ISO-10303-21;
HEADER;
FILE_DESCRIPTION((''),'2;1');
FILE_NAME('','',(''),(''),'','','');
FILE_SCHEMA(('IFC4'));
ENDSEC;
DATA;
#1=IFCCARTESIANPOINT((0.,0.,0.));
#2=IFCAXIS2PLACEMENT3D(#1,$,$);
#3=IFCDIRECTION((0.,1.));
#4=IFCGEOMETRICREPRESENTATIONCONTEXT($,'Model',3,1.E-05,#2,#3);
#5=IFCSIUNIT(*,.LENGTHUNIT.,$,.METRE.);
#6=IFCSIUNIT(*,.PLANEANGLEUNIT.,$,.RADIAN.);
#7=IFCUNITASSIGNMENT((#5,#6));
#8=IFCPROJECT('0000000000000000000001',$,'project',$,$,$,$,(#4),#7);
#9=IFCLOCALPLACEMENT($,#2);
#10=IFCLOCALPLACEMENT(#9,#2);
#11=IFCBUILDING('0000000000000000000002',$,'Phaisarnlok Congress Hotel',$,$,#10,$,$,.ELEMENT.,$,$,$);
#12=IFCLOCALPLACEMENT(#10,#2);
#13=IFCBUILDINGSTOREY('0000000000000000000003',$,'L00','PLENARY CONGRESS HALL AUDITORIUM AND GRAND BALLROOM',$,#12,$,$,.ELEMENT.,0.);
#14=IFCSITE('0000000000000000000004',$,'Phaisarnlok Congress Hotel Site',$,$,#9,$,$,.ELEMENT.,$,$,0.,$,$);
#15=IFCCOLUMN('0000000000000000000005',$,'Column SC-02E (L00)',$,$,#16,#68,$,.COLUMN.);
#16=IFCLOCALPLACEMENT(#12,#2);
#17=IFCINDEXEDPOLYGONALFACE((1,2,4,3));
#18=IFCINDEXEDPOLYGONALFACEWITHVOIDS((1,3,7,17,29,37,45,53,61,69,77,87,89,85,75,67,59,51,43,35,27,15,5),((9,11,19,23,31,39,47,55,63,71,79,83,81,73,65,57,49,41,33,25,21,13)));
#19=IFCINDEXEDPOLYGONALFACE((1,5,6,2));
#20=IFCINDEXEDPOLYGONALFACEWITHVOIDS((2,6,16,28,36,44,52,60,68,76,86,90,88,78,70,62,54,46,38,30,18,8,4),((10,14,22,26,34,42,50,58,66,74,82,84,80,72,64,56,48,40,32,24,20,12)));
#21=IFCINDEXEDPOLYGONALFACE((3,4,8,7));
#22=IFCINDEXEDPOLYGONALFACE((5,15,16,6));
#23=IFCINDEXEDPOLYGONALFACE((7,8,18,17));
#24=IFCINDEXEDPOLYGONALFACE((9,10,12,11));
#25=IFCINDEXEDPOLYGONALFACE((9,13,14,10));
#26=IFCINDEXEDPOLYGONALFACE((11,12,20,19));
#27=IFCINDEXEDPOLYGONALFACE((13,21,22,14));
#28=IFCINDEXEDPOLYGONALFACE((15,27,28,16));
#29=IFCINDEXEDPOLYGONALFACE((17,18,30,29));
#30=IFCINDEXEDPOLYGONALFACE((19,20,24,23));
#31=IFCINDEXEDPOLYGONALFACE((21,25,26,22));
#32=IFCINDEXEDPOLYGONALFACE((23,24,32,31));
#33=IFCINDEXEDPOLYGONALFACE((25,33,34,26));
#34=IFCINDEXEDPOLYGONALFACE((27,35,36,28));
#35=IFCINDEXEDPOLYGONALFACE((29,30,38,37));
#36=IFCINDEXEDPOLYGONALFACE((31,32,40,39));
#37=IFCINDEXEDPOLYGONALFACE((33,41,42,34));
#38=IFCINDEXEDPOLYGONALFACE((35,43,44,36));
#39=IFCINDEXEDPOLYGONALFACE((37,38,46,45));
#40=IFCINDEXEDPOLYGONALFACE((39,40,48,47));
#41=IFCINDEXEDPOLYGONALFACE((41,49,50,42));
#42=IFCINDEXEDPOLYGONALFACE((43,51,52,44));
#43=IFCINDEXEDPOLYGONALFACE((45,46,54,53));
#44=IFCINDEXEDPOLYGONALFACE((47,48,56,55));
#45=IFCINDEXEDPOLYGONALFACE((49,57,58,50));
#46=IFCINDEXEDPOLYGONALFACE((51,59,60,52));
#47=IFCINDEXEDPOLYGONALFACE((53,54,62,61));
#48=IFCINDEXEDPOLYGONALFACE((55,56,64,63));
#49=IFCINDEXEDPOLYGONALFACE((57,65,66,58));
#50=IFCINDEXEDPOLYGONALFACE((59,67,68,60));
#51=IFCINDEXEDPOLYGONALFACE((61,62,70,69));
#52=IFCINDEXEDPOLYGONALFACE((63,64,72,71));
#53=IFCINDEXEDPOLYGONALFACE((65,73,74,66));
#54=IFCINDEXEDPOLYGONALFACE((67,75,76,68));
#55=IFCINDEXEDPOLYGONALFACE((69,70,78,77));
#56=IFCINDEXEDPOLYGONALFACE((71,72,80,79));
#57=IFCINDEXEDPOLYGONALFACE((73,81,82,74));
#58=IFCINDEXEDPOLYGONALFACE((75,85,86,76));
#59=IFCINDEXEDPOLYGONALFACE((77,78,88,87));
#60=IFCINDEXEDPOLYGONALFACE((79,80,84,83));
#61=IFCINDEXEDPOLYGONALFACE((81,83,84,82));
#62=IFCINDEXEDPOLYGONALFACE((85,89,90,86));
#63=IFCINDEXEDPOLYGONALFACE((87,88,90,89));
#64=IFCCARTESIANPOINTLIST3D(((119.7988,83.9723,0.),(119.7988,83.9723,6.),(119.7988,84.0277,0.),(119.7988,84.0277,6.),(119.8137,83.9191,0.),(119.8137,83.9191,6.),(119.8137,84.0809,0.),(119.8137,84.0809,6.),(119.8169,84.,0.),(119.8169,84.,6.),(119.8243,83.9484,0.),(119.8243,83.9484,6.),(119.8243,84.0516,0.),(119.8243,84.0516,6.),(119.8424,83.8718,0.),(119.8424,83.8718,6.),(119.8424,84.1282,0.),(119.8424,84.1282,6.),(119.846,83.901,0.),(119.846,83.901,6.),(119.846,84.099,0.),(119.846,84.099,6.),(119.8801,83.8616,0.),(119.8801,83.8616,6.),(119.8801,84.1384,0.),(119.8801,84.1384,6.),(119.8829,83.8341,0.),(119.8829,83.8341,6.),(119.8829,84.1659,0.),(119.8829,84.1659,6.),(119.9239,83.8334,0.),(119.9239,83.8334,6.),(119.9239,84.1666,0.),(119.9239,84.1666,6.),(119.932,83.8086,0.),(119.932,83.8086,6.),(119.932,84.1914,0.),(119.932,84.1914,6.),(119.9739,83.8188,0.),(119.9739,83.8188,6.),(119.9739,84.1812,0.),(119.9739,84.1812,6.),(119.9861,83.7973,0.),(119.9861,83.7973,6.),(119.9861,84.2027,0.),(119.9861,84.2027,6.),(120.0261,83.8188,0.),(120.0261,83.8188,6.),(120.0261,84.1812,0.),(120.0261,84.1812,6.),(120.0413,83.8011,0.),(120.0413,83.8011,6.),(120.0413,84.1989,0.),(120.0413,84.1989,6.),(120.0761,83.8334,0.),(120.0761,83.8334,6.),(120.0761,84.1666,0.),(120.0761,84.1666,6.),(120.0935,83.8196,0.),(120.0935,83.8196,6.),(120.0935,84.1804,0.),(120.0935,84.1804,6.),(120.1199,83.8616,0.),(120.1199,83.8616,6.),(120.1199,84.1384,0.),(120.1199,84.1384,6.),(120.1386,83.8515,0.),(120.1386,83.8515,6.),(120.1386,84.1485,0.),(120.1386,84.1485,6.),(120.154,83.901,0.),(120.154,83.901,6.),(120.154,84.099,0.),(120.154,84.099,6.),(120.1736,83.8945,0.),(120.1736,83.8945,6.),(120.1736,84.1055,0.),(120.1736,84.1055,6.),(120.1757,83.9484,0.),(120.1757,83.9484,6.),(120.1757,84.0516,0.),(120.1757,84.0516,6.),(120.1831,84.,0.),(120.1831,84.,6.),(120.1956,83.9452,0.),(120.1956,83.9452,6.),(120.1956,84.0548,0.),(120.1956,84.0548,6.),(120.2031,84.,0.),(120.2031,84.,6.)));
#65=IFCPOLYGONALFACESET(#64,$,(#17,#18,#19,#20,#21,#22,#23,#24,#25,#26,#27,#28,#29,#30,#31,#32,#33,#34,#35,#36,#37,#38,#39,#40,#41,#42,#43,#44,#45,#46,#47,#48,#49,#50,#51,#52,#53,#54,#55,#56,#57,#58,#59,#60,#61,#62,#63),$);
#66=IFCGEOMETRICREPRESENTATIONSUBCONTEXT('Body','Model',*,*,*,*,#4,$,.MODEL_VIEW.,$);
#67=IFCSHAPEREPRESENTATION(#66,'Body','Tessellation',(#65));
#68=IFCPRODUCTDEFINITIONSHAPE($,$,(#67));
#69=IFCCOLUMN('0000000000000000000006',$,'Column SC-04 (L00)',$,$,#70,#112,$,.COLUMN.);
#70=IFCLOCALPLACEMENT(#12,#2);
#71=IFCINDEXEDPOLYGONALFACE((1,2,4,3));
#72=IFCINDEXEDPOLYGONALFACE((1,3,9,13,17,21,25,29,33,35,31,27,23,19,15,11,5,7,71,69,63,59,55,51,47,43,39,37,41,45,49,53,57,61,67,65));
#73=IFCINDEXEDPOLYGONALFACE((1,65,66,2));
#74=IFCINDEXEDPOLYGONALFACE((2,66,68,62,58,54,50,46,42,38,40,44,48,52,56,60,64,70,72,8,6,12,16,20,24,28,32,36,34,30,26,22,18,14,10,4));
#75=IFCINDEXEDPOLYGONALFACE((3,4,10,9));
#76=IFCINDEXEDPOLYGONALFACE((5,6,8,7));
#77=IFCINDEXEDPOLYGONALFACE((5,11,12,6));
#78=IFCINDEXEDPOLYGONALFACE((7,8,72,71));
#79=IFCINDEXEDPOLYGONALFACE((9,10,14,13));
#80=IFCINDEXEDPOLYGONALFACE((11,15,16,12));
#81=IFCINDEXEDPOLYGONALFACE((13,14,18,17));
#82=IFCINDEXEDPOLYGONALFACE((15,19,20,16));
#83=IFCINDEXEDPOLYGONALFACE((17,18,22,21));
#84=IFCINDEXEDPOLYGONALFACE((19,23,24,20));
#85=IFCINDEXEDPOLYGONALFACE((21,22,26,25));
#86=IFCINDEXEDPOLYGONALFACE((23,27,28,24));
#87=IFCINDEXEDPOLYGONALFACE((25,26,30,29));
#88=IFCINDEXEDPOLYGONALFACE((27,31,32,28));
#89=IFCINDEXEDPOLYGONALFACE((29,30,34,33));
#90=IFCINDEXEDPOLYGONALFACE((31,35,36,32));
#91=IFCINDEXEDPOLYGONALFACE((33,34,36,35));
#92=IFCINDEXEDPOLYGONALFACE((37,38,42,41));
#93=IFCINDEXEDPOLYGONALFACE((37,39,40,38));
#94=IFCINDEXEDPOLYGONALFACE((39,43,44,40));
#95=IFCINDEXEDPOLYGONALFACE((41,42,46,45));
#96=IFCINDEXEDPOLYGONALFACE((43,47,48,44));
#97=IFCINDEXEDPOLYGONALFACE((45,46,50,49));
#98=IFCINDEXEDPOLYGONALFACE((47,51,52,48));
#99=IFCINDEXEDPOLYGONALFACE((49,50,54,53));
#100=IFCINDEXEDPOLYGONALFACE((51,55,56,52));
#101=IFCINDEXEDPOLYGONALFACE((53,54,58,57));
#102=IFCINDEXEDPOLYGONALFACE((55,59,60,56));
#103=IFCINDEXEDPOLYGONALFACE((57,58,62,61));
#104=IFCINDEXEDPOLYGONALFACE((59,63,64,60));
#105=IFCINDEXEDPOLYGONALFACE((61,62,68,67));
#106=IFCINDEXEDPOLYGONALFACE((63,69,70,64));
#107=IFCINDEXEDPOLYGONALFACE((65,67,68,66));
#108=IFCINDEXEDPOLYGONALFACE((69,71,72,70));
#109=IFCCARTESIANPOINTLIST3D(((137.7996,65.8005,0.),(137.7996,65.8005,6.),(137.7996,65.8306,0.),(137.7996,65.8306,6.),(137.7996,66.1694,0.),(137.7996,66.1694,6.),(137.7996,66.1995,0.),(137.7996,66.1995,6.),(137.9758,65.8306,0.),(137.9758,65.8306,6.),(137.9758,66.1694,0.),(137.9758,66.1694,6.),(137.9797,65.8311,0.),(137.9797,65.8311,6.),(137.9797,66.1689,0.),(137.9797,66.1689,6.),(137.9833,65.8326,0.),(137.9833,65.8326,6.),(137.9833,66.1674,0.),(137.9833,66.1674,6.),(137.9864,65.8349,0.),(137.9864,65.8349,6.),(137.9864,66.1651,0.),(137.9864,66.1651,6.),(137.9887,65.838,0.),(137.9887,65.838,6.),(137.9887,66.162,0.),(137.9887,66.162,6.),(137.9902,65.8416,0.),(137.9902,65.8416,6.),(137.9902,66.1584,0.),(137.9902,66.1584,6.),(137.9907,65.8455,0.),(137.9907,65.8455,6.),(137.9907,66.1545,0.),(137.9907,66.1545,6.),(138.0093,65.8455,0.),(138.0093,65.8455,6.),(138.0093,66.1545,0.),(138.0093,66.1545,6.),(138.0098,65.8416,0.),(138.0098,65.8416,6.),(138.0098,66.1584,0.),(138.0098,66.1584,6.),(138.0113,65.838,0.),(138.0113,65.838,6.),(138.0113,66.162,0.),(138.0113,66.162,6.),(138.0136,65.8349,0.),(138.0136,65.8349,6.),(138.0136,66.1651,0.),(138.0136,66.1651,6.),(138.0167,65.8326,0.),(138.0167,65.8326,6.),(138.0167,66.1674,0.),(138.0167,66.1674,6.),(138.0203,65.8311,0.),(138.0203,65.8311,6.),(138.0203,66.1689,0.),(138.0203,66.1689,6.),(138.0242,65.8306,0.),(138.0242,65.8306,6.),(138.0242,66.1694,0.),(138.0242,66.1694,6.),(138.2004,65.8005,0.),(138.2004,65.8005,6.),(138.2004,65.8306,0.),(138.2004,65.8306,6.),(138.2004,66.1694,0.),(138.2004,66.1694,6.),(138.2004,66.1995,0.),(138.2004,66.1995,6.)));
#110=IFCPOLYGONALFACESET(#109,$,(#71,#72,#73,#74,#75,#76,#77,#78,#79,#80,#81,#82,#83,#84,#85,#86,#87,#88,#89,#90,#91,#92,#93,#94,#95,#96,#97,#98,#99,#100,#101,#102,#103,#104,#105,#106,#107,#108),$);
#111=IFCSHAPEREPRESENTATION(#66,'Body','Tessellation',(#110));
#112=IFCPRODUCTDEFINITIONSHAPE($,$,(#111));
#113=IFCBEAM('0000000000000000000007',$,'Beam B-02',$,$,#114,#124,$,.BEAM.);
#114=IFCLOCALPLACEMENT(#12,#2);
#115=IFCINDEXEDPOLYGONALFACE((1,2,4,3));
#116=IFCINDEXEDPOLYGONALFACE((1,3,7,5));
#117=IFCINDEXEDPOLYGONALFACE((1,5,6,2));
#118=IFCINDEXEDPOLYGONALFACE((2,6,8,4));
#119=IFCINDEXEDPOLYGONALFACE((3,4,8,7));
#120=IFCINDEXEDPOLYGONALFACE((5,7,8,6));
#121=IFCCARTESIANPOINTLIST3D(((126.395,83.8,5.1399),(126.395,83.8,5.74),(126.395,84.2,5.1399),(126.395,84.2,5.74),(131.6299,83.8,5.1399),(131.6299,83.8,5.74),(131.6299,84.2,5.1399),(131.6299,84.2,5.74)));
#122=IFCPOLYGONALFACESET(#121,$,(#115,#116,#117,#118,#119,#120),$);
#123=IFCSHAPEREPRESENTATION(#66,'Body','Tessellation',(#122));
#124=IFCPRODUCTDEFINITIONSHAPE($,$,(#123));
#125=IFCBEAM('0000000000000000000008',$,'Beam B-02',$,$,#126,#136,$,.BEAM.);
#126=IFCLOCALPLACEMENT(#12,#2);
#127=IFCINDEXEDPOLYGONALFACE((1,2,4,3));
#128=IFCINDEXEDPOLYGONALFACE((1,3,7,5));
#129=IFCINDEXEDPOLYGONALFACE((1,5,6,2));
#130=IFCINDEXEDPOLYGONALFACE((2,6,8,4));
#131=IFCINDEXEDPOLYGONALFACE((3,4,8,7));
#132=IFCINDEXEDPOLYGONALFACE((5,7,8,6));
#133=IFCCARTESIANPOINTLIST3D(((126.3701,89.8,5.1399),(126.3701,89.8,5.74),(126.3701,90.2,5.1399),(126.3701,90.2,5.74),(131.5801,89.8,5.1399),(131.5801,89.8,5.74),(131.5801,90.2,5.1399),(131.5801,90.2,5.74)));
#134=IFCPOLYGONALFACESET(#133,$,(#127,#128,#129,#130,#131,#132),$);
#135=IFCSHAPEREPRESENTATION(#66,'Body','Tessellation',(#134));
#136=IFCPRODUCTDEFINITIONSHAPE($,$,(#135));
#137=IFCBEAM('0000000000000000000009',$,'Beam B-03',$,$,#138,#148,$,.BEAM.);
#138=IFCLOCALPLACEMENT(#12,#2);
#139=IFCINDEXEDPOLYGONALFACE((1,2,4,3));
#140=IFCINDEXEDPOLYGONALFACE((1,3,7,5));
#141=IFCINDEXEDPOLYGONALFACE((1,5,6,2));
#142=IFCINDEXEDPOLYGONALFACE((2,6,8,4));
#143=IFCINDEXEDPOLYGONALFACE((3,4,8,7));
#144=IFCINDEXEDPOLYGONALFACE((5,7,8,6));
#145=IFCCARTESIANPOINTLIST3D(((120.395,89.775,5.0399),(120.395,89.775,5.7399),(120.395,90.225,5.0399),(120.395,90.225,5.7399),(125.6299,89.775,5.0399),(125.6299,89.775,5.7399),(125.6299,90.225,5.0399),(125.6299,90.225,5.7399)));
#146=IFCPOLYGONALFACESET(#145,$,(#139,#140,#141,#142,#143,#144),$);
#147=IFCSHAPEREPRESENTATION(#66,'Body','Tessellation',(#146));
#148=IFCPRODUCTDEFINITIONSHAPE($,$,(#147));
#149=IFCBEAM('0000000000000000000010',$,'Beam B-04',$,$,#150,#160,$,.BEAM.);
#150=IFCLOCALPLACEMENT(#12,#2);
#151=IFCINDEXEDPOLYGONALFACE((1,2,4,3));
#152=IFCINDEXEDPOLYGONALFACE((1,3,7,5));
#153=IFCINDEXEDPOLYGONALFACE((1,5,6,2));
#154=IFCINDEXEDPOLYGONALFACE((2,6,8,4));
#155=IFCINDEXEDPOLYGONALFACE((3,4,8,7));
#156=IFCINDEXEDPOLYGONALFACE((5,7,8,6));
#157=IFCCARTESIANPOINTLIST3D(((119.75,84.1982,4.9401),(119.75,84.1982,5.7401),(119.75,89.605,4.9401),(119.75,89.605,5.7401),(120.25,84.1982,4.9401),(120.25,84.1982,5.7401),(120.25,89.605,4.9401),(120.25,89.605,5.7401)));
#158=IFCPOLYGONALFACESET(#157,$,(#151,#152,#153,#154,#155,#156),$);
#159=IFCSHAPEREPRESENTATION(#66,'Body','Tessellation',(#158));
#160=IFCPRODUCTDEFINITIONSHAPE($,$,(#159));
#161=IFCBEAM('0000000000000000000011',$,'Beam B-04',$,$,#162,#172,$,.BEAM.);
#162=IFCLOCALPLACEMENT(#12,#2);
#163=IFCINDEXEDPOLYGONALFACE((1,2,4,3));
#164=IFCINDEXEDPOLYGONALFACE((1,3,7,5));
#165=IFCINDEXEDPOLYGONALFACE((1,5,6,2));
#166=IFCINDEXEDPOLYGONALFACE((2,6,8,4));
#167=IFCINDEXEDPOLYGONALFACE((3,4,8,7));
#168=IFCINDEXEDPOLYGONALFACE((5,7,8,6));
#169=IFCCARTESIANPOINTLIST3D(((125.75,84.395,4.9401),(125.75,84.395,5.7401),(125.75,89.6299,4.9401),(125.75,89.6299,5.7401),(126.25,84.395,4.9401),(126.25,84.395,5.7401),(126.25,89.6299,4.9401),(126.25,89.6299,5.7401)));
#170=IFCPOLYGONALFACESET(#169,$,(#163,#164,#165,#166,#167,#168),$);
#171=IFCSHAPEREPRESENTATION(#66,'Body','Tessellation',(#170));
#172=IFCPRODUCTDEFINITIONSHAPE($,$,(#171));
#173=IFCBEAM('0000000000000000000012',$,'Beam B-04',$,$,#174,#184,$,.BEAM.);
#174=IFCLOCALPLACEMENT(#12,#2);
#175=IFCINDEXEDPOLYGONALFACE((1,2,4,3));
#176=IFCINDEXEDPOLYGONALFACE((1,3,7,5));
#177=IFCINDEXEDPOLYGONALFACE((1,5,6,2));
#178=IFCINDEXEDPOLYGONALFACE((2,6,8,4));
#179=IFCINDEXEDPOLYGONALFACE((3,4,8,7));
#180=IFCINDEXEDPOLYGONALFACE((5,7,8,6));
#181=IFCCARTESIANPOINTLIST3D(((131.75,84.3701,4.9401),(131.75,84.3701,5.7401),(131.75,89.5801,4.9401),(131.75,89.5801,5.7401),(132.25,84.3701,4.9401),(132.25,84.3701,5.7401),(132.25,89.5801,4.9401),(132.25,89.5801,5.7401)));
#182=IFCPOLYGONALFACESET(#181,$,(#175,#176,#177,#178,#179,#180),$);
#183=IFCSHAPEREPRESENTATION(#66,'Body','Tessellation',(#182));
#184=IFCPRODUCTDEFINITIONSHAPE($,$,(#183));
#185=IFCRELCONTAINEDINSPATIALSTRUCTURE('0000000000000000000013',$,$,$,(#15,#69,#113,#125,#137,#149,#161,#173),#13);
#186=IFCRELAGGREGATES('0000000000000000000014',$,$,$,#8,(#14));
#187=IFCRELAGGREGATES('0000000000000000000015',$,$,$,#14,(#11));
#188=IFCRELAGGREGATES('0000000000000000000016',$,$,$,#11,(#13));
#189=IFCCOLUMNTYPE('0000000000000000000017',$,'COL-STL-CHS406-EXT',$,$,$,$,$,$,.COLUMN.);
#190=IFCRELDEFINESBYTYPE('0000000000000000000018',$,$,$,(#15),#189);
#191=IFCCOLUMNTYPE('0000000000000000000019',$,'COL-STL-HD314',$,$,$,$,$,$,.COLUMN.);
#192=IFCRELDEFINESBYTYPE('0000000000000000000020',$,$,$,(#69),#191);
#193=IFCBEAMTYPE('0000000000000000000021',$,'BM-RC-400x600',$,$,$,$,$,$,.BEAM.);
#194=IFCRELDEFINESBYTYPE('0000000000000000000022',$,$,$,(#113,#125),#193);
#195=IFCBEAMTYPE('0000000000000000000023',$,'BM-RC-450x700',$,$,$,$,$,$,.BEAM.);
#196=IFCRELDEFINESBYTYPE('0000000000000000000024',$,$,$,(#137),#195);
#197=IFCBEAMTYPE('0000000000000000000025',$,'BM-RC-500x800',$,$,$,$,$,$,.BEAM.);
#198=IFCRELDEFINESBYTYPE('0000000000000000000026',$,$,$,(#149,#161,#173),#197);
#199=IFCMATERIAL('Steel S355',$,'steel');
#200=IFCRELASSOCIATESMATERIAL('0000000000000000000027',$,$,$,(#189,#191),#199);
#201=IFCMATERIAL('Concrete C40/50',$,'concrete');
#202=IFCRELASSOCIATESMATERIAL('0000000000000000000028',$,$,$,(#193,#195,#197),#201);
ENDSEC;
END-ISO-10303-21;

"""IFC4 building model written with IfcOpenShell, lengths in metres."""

from ifc_helpers import new_model, si_unit, direction, frame, origin, origin_2d, place, context, subcontext, project, spatial, rectangle, hollow_circle, i_section, extrude, material, material_profile, profile_set, type_object, element, save


model = new_model("IFC4")

# Units and contexts
model_context = context("Model", 3, precision=1e-05, world=origin(), true_north=direction((0.0, 1.0)))
body_context = subcontext(model_context, "Body", "Model", "MODEL_VIEW")
ifc_project = project(units=[si_unit("LENGTHUNIT", "METRE"), si_unit("PLANEANGLEUNIT", "RADIAN")], contexts=[model_context])

# Site, building, storey
site_placement = place(None, origin())
site = spatial("IfcSite", under=ifc_project, at=site_placement, Name="Phaisarnlok Congress Hotel Site", CompositionType="ELEMENT", RefElevation=0.0)
building_placement = place(site_placement, origin())
building = spatial("IfcBuilding", under=site, at=building_placement, Name="Phaisarnlok Congress Hotel", CompositionType="ELEMENT")
storey_placement = place(building_placement, origin())
storey = spatial("IfcBuildingStorey", under=building, at=storey_placement, Name="L00", Description="PLENARY CONGRESS HALL AUDITORIUM AND GRAND BALLROOM", CompositionType="ELEMENT", Elevation=0.0)

# Columns
ifc_material_1 = material(Name="Steel S355", Category="steel")
ifc_material_profile_1 = material_profile(ifc_material_1, hollow_circle(Radius=0.2031, WallThickness=0.02, at=origin_2d()), Name="CHS 406.4x20")
ifc_profile_set_1 = profile_set([ifc_material_profile_1], Name="Steel S355")
column_type_1 = type_object("IfcColumnType", Name="COL-STL-CHS406-EXT", PredefinedType="COLUMN", material=ifc_profile_set_1)
column_1_placement = place(storey_placement, frame((120.0, 84.0, 0.0), z_axis=(0.0, 0.0, 1.0), x_axis=(1.0, 0.0, 0.0)))
element("IfcColumn", 1, at=column_1_placement, inside=storey, type_object=column_type_1, Name="Column SC-02E (L00)", PredefinedType="COLUMN", context=body_context, shape_type="SweptSolid", body=[
    extrude(hollow_circle(Radius=0.2031, WallThickness=0.02, at=origin_2d()), origin(), (0.0, 0.0, 1.0), 6.0),
])
ifc_material_profile_2 = material_profile(ifc_material_1, i_section(OverallWidth=0.4009, OverallDepth=0.3989, WebThickness=0.0186, FlangeThickness=0.03, FilletRadius=0.0149, at=origin_2d()), Name="HD 400x314")
ifc_profile_set_2 = profile_set([ifc_material_profile_2], Name="Steel S355")
column_type_2 = type_object("IfcColumnType", Name="COL-STL-HD314", PredefinedType="COLUMN", material=ifc_profile_set_2)
column_2_placement = place(storey_placement, frame((138.0, 66.0, 0.0), z_axis=(0.0, 0.0, 1.0), x_axis=(1.0, 0.0, 0.0)))
element("IfcColumn", 2, at=column_2_placement, inside=storey, type_object=column_type_2, Name="Column SC-04 (L00)", PredefinedType="COLUMN", context=body_context, shape_type="SweptSolid", body=[
    extrude(i_section(OverallWidth=0.4009, OverallDepth=0.3989, WebThickness=0.0186, FlangeThickness=0.03, FilletRadius=0.0149, at=origin_2d()), origin(), (0.0, 0.0, 1.0), 6.0),
])

# Beams
ifc_material_2 = material(Name="Concrete C40/50", Category="concrete")
ifc_material_profile_3 = material_profile(ifc_material_2, rectangle(XDim=0.3999, YDim=0.6001, at=origin_2d()), Name="RC 400x600")
ifc_profile_set_3 = profile_set([ifc_material_profile_3], Name="Concrete C40/50")
beam_type_1 = type_object("IfcBeamType", Name="BM-RC-400x600", PredefinedType="BEAM", material=ifc_profile_set_3)
beam_1_placement = place(storey_placement, frame((126.395, 84.0, 5.4399), z_axis=(1.0, 0.0, 0.0), x_axis=(0.0, 1.0, 0.0)))
element("IfcBeam", 3, at=beam_1_placement, inside=storey, type_object=beam_type_1, Name="Beam B-02", PredefinedType="BEAM", context=body_context, shape_type="SweptSolid", body=[
    extrude(rectangle(XDim=0.3999, YDim=0.6001, at=origin_2d()), origin(), (0.0, 0.0, 1.0), 5.2349),
])
beam_2_placement = place(storey_placement, frame((126.3701, 90.0, 5.4399), z_axis=(1.0, 0.0, 0.0), x_axis=(0.0, 1.0, 0.0)))
element("IfcBeam", 4, at=beam_2_placement, inside=storey, type_object=beam_type_1, Name="Beam B-02", PredefinedType="BEAM", context=body_context, shape_type="SweptSolid", body=[
    extrude(rectangle(XDim=0.3999, YDim=0.6001, at=origin_2d()), origin(), (0.0, 0.0, 1.0), 5.21),
])
ifc_material_profile_4 = material_profile(ifc_material_2, rectangle(XDim=0.45, YDim=0.7, at=origin_2d()), Name="RC 450x700")
ifc_profile_set_4 = profile_set([ifc_material_profile_4], Name="Concrete C40/50")
beam_type_2 = type_object("IfcBeamType", Name="BM-RC-450x700", PredefinedType="BEAM", material=ifc_profile_set_4)
beam_3_placement = place(storey_placement, frame((120.395, 90.0, 5.3899), z_axis=(1.0, 0.0, 0.0), x_axis=(0.0, 1.0, 0.0)))
element("IfcBeam", 5, at=beam_3_placement, inside=storey, type_object=beam_type_2, Name="Beam B-03", PredefinedType="BEAM", context=body_context, shape_type="SweptSolid", body=[
    extrude(rectangle(XDim=0.45, YDim=0.7, at=origin_2d()), origin(), (0.0, 0.0, 1.0), 5.2349),
])
ifc_material_profile_5 = material_profile(ifc_material_2, rectangle(XDim=0.5, YDim=0.8, at=origin_2d()), Name="RC 500x800")
ifc_profile_set_5 = profile_set([ifc_material_profile_5], Name="Concrete C40/50")
beam_type_3 = type_object("IfcBeamType", Name="BM-RC-500x800", PredefinedType="BEAM", material=ifc_profile_set_5)
beam_4_placement = place(storey_placement, frame((120.0, 84.1982, 5.3401), z_axis=(0.0, 1.0, 0.0), x_axis=(-1.0, 0.0, 0.0)))
element("IfcBeam", 6, at=beam_4_placement, inside=storey, type_object=beam_type_3, Name="Beam B-04", PredefinedType="BEAM", context=body_context, shape_type="SweptSolid", body=[
    extrude(rectangle(XDim=0.5, YDim=0.8, at=origin_2d()), origin(), (0.0, 0.0, 1.0), 5.4067),
])
beam_5_placement = place(storey_placement, frame((126.0, 84.395, 5.3401), z_axis=(0.0, 1.0, 0.0), x_axis=(-1.0, 0.0, 0.0)))
element("IfcBeam", 7, at=beam_5_placement, inside=storey, type_object=beam_type_3, Name="Beam B-04", PredefinedType="BEAM", context=body_context, shape_type="SweptSolid", body=[
    extrude(rectangle(XDim=0.5, YDim=0.8, at=origin_2d()), origin(), (0.0, 0.0, 1.0), 5.2349),
])
beam_6_placement = place(storey_placement, frame((132.0, 84.3701, 5.3401), z_axis=(0.0, 1.0, 0.0), x_axis=(-1.0, 0.0, 0.0)))
element("IfcBeam", 8, at=beam_6_placement, inside=storey, type_object=beam_type_3, Name="Beam B-04", PredefinedType="BEAM", context=body_context, shape_type="SweptSolid", body=[
    extrude(rectangle(XDim=0.5, YDim=0.8, at=origin_2d()), origin(), (0.0, 0.0, 1.0), 5.21),
])

save(model, "model.ifc")
